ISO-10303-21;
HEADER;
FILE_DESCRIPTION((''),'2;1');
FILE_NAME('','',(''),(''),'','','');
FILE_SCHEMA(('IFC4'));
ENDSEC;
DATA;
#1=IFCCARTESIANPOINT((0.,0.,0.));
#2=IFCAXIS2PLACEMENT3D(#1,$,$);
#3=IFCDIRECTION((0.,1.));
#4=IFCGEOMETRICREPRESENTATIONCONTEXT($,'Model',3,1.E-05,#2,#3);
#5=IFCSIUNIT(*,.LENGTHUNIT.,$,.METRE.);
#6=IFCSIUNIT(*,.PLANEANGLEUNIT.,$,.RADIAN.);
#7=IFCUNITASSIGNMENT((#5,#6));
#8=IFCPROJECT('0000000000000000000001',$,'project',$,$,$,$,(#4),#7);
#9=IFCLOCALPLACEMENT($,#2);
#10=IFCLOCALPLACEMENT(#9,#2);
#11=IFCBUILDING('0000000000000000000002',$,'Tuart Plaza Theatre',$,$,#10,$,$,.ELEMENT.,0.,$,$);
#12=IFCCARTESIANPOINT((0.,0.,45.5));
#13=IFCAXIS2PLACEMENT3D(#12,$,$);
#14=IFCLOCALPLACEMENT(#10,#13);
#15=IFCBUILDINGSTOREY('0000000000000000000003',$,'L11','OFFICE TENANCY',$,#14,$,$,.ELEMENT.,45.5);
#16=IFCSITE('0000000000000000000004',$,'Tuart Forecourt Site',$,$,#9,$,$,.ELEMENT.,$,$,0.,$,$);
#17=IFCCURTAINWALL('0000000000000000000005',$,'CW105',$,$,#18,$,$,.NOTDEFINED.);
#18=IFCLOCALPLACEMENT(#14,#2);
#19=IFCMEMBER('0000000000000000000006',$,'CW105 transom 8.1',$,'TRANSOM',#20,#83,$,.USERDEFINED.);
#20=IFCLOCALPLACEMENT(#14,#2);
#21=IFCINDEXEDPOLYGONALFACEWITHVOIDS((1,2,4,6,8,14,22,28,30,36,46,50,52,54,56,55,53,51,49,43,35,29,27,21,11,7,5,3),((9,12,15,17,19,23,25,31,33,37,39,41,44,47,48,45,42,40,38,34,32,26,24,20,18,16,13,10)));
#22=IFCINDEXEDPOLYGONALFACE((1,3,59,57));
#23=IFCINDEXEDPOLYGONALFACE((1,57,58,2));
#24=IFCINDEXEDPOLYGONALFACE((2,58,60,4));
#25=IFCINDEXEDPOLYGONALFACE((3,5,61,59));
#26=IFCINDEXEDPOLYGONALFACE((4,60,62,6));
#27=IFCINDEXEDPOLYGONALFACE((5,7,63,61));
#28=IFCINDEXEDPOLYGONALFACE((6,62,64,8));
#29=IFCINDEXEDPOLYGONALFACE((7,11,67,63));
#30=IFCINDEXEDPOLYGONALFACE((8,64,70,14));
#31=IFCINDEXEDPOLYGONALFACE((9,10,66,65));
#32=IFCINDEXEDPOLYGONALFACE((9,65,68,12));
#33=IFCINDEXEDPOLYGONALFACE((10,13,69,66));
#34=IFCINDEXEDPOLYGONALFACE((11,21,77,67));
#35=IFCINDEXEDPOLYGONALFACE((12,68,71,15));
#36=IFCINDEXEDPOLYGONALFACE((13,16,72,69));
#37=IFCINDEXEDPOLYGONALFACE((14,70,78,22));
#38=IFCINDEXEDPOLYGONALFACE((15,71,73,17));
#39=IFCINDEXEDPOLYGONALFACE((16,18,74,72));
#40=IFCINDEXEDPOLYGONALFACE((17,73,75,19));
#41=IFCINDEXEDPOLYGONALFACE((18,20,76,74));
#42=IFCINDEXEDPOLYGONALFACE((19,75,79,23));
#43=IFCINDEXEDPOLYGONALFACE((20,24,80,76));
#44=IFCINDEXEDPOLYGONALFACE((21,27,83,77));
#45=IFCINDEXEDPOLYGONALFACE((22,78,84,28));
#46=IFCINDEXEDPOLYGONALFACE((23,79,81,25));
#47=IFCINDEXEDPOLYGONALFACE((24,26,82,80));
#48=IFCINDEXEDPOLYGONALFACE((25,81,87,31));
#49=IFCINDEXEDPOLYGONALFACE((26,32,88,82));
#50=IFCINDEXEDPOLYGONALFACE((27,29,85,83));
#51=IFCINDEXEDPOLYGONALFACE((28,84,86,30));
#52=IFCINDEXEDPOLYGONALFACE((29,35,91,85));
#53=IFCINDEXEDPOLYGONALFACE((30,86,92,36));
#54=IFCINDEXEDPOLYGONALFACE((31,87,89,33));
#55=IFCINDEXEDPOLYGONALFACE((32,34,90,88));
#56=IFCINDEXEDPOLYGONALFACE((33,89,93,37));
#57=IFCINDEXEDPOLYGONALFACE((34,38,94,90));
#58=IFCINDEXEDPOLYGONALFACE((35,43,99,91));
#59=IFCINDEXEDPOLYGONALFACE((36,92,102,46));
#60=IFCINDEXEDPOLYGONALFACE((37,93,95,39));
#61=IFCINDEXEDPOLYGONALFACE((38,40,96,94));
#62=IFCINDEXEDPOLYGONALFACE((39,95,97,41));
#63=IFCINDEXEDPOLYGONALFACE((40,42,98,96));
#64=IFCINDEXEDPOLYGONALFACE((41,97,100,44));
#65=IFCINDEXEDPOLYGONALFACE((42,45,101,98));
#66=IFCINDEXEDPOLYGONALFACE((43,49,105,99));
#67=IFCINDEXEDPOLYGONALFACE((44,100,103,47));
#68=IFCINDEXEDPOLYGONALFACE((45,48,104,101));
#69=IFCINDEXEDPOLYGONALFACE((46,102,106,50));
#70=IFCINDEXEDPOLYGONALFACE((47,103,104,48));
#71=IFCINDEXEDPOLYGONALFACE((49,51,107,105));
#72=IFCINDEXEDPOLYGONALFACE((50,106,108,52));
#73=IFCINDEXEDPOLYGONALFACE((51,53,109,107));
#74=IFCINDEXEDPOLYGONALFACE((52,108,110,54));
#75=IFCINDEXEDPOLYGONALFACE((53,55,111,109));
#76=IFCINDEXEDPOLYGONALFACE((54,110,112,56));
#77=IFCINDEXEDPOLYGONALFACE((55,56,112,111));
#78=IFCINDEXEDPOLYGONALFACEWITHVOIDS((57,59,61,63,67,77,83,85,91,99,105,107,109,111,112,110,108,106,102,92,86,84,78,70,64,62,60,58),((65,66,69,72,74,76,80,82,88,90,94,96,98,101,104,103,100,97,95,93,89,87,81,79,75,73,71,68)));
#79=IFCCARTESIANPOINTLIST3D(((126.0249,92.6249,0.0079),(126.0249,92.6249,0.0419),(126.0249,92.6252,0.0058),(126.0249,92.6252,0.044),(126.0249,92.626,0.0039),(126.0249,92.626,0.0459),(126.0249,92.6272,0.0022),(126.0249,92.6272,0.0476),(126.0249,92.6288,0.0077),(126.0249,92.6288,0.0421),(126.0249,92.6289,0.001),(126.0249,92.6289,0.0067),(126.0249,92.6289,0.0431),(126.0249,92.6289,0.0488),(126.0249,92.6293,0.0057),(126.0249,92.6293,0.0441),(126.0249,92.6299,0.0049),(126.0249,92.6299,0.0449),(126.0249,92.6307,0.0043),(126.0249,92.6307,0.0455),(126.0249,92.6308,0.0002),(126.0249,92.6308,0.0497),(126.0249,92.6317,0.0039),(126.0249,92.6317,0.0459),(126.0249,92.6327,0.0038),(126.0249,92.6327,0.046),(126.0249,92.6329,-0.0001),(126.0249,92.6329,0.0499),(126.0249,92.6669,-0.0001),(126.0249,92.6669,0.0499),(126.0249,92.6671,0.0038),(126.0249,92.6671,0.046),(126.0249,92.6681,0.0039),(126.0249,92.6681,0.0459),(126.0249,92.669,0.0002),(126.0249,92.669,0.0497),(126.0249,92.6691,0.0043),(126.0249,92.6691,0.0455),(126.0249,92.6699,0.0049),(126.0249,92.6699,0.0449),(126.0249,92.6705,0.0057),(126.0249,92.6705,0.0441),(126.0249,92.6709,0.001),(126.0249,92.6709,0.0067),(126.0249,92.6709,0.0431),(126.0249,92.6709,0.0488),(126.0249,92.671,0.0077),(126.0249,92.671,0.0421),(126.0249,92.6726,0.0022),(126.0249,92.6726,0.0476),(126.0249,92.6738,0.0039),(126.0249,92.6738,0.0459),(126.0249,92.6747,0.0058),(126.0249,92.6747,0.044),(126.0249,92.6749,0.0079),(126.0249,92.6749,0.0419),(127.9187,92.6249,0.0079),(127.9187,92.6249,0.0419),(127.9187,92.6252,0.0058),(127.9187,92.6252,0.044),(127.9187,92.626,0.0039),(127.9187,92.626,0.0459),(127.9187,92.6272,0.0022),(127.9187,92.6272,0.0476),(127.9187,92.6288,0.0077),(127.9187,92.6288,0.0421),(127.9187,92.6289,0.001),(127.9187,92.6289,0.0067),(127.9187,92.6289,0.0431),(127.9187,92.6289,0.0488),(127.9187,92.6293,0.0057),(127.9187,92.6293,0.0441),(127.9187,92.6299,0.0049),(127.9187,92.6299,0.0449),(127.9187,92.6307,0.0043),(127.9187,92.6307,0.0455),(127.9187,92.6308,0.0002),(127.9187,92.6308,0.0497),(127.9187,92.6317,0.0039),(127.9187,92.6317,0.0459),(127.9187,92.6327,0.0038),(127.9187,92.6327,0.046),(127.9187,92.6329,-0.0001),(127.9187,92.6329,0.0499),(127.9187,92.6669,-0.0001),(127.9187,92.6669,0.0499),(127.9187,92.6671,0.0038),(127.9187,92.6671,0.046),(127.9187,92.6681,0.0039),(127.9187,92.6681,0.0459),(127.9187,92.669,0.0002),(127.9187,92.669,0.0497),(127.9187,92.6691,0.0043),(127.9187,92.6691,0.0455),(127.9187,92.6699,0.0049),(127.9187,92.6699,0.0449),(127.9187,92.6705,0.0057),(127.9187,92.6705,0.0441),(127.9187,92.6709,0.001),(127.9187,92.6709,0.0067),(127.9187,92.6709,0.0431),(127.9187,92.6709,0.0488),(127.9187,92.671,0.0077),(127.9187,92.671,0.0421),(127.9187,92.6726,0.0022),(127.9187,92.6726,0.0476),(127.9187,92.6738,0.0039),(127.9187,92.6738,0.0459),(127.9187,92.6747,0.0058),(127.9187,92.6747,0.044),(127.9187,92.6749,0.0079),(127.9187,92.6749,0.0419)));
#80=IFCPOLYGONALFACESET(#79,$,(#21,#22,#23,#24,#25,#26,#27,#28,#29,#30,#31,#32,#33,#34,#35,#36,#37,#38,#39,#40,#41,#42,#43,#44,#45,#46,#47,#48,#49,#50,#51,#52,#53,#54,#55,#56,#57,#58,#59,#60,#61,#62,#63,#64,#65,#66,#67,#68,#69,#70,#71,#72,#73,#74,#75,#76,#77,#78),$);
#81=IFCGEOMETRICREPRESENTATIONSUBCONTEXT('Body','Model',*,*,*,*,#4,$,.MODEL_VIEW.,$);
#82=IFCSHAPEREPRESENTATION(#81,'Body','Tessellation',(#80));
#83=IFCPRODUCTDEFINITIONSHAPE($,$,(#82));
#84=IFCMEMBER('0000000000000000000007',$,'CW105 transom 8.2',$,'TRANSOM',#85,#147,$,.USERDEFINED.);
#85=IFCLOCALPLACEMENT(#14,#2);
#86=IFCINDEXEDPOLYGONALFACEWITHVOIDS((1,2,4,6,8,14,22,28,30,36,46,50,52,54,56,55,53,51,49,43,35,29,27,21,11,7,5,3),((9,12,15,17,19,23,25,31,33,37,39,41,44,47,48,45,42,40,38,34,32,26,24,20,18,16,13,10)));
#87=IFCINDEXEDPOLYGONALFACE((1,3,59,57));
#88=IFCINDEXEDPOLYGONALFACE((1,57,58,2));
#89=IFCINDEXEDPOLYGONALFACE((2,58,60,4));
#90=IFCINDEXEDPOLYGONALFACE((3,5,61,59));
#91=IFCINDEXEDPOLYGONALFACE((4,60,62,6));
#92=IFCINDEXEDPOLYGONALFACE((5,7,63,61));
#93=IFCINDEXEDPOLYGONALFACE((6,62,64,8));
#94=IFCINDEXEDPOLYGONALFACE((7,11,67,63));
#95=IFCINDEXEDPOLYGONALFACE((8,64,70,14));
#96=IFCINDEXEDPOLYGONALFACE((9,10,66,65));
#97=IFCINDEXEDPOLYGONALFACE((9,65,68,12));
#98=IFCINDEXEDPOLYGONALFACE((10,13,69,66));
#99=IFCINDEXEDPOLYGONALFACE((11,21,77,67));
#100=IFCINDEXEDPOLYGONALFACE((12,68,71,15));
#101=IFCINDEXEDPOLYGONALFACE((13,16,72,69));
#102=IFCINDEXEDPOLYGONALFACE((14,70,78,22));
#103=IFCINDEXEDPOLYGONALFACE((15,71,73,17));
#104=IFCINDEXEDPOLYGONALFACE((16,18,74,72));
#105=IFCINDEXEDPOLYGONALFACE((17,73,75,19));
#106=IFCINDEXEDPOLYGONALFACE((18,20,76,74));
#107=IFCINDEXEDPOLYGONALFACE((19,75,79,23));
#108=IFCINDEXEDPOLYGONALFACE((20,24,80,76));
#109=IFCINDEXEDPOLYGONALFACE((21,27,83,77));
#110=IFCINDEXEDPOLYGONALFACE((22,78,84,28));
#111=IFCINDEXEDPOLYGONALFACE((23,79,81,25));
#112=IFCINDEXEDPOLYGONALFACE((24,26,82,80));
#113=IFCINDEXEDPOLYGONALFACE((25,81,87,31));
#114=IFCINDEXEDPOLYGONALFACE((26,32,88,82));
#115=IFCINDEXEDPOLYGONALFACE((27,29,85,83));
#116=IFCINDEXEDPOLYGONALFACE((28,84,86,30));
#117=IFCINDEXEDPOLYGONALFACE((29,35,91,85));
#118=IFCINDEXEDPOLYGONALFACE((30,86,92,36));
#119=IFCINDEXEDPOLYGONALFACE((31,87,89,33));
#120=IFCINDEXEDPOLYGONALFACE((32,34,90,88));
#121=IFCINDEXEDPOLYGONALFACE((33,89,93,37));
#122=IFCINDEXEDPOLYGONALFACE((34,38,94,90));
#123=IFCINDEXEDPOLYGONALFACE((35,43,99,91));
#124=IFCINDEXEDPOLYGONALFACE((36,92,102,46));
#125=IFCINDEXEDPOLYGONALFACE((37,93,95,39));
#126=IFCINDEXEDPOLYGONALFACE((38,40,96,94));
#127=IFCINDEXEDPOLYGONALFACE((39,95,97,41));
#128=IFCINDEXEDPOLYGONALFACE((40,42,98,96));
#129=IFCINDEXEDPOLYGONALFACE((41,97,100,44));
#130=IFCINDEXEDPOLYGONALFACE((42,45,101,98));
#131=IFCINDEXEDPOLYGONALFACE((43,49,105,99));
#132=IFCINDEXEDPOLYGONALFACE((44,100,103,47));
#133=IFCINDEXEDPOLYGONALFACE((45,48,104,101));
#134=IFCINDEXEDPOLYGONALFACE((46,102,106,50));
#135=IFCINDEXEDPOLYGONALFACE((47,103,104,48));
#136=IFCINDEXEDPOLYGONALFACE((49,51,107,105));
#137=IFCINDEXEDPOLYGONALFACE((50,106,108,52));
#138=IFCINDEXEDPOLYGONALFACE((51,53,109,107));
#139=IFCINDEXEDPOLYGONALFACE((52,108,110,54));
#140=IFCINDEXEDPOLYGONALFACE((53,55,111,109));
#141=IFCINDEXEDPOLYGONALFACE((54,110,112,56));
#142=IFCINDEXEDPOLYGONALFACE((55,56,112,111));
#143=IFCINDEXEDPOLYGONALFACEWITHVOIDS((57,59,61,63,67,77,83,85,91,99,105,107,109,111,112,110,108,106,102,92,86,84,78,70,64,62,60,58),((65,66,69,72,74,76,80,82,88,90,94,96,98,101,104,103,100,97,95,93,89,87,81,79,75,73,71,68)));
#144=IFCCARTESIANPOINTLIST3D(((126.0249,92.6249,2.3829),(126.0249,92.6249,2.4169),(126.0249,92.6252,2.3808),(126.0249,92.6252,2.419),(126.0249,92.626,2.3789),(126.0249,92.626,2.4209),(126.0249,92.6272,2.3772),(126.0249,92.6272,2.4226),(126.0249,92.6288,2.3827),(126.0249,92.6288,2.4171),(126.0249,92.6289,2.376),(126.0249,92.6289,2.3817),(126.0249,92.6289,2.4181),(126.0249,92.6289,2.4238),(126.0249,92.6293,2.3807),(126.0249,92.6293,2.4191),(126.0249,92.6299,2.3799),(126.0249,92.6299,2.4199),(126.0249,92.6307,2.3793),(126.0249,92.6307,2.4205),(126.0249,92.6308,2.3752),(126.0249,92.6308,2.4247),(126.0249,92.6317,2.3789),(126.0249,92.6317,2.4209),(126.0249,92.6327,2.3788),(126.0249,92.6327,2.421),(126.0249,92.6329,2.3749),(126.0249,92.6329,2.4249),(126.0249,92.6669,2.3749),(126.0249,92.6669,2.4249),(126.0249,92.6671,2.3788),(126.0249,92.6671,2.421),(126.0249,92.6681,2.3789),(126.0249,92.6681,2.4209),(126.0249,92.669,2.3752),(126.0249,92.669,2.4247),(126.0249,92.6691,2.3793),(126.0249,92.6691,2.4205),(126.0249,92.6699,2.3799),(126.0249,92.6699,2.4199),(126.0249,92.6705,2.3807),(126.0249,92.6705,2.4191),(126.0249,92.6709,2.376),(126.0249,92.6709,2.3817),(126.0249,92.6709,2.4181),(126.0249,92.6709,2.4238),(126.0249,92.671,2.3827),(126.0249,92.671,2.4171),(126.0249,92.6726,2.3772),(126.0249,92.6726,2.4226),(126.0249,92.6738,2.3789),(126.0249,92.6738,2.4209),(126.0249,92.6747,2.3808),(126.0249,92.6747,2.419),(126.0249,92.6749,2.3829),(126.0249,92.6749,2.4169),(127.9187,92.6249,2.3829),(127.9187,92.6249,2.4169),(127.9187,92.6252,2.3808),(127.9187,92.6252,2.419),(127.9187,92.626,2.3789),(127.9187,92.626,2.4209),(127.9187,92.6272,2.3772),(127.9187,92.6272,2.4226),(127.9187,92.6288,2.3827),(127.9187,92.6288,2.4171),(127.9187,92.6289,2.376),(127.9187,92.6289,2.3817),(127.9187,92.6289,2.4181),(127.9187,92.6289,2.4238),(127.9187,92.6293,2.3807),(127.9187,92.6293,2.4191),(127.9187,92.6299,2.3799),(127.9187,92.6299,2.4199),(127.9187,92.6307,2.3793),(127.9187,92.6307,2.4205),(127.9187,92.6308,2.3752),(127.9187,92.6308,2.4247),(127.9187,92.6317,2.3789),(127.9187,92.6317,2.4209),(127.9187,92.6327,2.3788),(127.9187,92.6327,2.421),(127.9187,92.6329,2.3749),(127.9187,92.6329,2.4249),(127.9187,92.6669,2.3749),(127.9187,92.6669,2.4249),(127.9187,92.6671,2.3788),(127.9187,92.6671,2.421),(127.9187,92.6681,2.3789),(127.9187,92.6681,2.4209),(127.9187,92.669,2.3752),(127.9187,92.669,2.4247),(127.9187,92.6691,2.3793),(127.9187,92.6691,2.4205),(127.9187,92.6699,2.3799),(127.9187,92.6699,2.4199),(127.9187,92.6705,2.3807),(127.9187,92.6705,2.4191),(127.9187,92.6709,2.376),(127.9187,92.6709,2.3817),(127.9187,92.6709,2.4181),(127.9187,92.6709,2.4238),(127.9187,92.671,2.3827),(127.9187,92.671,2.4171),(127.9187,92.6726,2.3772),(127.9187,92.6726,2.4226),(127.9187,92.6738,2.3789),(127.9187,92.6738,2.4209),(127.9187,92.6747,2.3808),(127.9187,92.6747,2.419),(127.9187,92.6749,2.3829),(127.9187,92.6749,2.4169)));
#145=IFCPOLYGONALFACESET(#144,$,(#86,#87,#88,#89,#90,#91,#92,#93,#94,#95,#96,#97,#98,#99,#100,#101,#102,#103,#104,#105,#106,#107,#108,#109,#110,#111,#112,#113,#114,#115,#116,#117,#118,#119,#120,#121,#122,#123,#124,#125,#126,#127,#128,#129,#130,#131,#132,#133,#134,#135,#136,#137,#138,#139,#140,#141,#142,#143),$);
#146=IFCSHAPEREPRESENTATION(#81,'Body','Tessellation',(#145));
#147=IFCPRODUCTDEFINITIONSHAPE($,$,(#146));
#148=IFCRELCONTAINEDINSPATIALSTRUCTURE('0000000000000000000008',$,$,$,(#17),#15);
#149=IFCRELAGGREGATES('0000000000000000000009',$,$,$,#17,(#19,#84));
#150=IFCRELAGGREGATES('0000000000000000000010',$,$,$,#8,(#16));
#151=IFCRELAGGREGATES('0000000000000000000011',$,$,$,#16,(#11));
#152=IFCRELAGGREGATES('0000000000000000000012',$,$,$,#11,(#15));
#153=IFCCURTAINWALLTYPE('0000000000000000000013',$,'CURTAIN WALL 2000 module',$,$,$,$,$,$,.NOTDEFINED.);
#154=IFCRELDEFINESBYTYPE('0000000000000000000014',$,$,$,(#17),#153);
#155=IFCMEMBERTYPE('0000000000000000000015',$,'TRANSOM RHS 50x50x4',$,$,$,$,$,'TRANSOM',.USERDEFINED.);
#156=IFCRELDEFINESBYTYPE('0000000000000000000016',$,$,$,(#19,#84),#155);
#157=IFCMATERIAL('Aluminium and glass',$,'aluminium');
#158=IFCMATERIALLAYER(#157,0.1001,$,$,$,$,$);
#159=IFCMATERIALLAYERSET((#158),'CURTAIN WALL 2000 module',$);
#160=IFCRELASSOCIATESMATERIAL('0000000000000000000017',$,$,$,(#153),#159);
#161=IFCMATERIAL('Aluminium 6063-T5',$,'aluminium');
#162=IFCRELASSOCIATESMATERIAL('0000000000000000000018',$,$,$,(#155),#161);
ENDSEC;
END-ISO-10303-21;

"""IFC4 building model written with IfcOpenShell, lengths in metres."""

from ifc_helpers import new_model, si_unit, direction, frame, origin, origin_2d, place, context, subcontext, project, spatial, hollow_rectangle, extrude, material, layer, layer_set, material_profile, profile_set, type_object, element, aggregate, save


model = new_model("IFC4")

# Units and contexts
model_context = context("Model", 3, precision=1e-05, world=origin(), true_north=direction((0.0, 1.0)))
body_context = subcontext(model_context, "Body", "Model", "MODEL_VIEW")
ifc_project = project(units=[si_unit("LENGTHUNIT", "METRE"), si_unit("PLANEANGLEUNIT", "RADIAN")], contexts=[model_context])

# Site, building, storey
site_placement = place(None, origin())
site = spatial("IfcSite", under=ifc_project, at=site_placement, Name="Tuart Forecourt Site", CompositionType="ELEMENT", RefElevation=0.0)
building_placement = place(site_placement, origin())
building = spatial("IfcBuilding", under=site, at=building_placement, Name="Tuart Plaza Theatre", CompositionType="ELEMENT", ElevationOfRefHeight=0.0)
storey_placement = place(building_placement, frame((0.0, 0.0, 45.5)))
storey = spatial("IfcBuildingStorey", under=building, at=storey_placement, Name="L11", Description="OFFICE TENANCY", CompositionType="ELEMENT", Elevation=45.5)

# Curtain wall, members
ifc_material_1 = material(Name="Aluminium and glass", Category="aluminium")
ifc_layer_1 = layer(ifc_material_1, 0.1001)
ifc_layer_set_1 = layer_set([ifc_layer_1], Name="CURTAIN WALL 2000 module")
curtain_wall_type = type_object("IfcCurtainWallType", Name="CURTAIN WALL 2000 module", PredefinedType="NOTDEFINED", material=ifc_layer_set_1)
curtain_wall_placement = place(storey_placement, origin())
curtain_wall = element("IfcCurtainWall", 1, at=curtain_wall_placement, inside=storey, type_object=curtain_wall_type, Name="CW105", PredefinedType="NOTDEFINED")
ifc_material_2 = material(Name="Aluminium 6063-T5", Category="aluminium")
ifc_material_profile_1 = material_profile(ifc_material_2, hollow_rectangle(XDim=0.05, YDim=0.05, WallThickness=0.0039, InnerFilletRadius=0.0039, OuterFilletRadius=0.0081, at=origin_2d()), Name="RHS 50x50x4")
ifc_profile_set_1 = profile_set([ifc_material_profile_1], Name="Aluminium 6063-T5")
member_type_1 = type_object("IfcMemberType", Name="TRANSOM RHS 50x50x4", ElementType="TRANSOM", PredefinedType="USERDEFINED", material=ifc_profile_set_1)
member_1_placement = place(storey_placement, frame((127.9187, 92.6499, 0.0249), z_axis=(-1.0, 0.0, 0.0), x_axis=(0.0, -1.0, 0.0)))
member_1 = element("IfcMember", 2, at=member_1_placement, type_object=member_type_1, Name="CW105 transom 8.1", ObjectType="TRANSOM", PredefinedType="USERDEFINED", context=body_context, shape_type="SweptSolid", body=[
    extrude(hollow_rectangle(XDim=0.05, YDim=0.05, WallThickness=0.0039, InnerFilletRadius=0.0039, OuterFilletRadius=0.0081, at=origin_2d()), origin(), (0.0, 0.0, 1.0), 1.8938),
])
member_2_placement = place(storey_placement, frame((127.9187, 92.6499, 2.3999), z_axis=(-1.0, 0.0, 0.0), x_axis=(0.0, -1.0, 0.0)))
member_2 = element("IfcMember", 3, at=member_2_placement, type_object=member_type_1, Name="CW105 transom 8.2", ObjectType="TRANSOM", PredefinedType="USERDEFINED", context=body_context, shape_type="SweptSolid", body=[
    extrude(hollow_rectangle(XDim=0.05, YDim=0.05, WallThickness=0.0039, InnerFilletRadius=0.0039, OuterFilletRadius=0.0081, at=origin_2d()), origin(), (0.0, 0.0, 1.0), 1.8938),
])
aggregate(curtain_wall, [member_1, member_2])

save(model, "model.ifc")
